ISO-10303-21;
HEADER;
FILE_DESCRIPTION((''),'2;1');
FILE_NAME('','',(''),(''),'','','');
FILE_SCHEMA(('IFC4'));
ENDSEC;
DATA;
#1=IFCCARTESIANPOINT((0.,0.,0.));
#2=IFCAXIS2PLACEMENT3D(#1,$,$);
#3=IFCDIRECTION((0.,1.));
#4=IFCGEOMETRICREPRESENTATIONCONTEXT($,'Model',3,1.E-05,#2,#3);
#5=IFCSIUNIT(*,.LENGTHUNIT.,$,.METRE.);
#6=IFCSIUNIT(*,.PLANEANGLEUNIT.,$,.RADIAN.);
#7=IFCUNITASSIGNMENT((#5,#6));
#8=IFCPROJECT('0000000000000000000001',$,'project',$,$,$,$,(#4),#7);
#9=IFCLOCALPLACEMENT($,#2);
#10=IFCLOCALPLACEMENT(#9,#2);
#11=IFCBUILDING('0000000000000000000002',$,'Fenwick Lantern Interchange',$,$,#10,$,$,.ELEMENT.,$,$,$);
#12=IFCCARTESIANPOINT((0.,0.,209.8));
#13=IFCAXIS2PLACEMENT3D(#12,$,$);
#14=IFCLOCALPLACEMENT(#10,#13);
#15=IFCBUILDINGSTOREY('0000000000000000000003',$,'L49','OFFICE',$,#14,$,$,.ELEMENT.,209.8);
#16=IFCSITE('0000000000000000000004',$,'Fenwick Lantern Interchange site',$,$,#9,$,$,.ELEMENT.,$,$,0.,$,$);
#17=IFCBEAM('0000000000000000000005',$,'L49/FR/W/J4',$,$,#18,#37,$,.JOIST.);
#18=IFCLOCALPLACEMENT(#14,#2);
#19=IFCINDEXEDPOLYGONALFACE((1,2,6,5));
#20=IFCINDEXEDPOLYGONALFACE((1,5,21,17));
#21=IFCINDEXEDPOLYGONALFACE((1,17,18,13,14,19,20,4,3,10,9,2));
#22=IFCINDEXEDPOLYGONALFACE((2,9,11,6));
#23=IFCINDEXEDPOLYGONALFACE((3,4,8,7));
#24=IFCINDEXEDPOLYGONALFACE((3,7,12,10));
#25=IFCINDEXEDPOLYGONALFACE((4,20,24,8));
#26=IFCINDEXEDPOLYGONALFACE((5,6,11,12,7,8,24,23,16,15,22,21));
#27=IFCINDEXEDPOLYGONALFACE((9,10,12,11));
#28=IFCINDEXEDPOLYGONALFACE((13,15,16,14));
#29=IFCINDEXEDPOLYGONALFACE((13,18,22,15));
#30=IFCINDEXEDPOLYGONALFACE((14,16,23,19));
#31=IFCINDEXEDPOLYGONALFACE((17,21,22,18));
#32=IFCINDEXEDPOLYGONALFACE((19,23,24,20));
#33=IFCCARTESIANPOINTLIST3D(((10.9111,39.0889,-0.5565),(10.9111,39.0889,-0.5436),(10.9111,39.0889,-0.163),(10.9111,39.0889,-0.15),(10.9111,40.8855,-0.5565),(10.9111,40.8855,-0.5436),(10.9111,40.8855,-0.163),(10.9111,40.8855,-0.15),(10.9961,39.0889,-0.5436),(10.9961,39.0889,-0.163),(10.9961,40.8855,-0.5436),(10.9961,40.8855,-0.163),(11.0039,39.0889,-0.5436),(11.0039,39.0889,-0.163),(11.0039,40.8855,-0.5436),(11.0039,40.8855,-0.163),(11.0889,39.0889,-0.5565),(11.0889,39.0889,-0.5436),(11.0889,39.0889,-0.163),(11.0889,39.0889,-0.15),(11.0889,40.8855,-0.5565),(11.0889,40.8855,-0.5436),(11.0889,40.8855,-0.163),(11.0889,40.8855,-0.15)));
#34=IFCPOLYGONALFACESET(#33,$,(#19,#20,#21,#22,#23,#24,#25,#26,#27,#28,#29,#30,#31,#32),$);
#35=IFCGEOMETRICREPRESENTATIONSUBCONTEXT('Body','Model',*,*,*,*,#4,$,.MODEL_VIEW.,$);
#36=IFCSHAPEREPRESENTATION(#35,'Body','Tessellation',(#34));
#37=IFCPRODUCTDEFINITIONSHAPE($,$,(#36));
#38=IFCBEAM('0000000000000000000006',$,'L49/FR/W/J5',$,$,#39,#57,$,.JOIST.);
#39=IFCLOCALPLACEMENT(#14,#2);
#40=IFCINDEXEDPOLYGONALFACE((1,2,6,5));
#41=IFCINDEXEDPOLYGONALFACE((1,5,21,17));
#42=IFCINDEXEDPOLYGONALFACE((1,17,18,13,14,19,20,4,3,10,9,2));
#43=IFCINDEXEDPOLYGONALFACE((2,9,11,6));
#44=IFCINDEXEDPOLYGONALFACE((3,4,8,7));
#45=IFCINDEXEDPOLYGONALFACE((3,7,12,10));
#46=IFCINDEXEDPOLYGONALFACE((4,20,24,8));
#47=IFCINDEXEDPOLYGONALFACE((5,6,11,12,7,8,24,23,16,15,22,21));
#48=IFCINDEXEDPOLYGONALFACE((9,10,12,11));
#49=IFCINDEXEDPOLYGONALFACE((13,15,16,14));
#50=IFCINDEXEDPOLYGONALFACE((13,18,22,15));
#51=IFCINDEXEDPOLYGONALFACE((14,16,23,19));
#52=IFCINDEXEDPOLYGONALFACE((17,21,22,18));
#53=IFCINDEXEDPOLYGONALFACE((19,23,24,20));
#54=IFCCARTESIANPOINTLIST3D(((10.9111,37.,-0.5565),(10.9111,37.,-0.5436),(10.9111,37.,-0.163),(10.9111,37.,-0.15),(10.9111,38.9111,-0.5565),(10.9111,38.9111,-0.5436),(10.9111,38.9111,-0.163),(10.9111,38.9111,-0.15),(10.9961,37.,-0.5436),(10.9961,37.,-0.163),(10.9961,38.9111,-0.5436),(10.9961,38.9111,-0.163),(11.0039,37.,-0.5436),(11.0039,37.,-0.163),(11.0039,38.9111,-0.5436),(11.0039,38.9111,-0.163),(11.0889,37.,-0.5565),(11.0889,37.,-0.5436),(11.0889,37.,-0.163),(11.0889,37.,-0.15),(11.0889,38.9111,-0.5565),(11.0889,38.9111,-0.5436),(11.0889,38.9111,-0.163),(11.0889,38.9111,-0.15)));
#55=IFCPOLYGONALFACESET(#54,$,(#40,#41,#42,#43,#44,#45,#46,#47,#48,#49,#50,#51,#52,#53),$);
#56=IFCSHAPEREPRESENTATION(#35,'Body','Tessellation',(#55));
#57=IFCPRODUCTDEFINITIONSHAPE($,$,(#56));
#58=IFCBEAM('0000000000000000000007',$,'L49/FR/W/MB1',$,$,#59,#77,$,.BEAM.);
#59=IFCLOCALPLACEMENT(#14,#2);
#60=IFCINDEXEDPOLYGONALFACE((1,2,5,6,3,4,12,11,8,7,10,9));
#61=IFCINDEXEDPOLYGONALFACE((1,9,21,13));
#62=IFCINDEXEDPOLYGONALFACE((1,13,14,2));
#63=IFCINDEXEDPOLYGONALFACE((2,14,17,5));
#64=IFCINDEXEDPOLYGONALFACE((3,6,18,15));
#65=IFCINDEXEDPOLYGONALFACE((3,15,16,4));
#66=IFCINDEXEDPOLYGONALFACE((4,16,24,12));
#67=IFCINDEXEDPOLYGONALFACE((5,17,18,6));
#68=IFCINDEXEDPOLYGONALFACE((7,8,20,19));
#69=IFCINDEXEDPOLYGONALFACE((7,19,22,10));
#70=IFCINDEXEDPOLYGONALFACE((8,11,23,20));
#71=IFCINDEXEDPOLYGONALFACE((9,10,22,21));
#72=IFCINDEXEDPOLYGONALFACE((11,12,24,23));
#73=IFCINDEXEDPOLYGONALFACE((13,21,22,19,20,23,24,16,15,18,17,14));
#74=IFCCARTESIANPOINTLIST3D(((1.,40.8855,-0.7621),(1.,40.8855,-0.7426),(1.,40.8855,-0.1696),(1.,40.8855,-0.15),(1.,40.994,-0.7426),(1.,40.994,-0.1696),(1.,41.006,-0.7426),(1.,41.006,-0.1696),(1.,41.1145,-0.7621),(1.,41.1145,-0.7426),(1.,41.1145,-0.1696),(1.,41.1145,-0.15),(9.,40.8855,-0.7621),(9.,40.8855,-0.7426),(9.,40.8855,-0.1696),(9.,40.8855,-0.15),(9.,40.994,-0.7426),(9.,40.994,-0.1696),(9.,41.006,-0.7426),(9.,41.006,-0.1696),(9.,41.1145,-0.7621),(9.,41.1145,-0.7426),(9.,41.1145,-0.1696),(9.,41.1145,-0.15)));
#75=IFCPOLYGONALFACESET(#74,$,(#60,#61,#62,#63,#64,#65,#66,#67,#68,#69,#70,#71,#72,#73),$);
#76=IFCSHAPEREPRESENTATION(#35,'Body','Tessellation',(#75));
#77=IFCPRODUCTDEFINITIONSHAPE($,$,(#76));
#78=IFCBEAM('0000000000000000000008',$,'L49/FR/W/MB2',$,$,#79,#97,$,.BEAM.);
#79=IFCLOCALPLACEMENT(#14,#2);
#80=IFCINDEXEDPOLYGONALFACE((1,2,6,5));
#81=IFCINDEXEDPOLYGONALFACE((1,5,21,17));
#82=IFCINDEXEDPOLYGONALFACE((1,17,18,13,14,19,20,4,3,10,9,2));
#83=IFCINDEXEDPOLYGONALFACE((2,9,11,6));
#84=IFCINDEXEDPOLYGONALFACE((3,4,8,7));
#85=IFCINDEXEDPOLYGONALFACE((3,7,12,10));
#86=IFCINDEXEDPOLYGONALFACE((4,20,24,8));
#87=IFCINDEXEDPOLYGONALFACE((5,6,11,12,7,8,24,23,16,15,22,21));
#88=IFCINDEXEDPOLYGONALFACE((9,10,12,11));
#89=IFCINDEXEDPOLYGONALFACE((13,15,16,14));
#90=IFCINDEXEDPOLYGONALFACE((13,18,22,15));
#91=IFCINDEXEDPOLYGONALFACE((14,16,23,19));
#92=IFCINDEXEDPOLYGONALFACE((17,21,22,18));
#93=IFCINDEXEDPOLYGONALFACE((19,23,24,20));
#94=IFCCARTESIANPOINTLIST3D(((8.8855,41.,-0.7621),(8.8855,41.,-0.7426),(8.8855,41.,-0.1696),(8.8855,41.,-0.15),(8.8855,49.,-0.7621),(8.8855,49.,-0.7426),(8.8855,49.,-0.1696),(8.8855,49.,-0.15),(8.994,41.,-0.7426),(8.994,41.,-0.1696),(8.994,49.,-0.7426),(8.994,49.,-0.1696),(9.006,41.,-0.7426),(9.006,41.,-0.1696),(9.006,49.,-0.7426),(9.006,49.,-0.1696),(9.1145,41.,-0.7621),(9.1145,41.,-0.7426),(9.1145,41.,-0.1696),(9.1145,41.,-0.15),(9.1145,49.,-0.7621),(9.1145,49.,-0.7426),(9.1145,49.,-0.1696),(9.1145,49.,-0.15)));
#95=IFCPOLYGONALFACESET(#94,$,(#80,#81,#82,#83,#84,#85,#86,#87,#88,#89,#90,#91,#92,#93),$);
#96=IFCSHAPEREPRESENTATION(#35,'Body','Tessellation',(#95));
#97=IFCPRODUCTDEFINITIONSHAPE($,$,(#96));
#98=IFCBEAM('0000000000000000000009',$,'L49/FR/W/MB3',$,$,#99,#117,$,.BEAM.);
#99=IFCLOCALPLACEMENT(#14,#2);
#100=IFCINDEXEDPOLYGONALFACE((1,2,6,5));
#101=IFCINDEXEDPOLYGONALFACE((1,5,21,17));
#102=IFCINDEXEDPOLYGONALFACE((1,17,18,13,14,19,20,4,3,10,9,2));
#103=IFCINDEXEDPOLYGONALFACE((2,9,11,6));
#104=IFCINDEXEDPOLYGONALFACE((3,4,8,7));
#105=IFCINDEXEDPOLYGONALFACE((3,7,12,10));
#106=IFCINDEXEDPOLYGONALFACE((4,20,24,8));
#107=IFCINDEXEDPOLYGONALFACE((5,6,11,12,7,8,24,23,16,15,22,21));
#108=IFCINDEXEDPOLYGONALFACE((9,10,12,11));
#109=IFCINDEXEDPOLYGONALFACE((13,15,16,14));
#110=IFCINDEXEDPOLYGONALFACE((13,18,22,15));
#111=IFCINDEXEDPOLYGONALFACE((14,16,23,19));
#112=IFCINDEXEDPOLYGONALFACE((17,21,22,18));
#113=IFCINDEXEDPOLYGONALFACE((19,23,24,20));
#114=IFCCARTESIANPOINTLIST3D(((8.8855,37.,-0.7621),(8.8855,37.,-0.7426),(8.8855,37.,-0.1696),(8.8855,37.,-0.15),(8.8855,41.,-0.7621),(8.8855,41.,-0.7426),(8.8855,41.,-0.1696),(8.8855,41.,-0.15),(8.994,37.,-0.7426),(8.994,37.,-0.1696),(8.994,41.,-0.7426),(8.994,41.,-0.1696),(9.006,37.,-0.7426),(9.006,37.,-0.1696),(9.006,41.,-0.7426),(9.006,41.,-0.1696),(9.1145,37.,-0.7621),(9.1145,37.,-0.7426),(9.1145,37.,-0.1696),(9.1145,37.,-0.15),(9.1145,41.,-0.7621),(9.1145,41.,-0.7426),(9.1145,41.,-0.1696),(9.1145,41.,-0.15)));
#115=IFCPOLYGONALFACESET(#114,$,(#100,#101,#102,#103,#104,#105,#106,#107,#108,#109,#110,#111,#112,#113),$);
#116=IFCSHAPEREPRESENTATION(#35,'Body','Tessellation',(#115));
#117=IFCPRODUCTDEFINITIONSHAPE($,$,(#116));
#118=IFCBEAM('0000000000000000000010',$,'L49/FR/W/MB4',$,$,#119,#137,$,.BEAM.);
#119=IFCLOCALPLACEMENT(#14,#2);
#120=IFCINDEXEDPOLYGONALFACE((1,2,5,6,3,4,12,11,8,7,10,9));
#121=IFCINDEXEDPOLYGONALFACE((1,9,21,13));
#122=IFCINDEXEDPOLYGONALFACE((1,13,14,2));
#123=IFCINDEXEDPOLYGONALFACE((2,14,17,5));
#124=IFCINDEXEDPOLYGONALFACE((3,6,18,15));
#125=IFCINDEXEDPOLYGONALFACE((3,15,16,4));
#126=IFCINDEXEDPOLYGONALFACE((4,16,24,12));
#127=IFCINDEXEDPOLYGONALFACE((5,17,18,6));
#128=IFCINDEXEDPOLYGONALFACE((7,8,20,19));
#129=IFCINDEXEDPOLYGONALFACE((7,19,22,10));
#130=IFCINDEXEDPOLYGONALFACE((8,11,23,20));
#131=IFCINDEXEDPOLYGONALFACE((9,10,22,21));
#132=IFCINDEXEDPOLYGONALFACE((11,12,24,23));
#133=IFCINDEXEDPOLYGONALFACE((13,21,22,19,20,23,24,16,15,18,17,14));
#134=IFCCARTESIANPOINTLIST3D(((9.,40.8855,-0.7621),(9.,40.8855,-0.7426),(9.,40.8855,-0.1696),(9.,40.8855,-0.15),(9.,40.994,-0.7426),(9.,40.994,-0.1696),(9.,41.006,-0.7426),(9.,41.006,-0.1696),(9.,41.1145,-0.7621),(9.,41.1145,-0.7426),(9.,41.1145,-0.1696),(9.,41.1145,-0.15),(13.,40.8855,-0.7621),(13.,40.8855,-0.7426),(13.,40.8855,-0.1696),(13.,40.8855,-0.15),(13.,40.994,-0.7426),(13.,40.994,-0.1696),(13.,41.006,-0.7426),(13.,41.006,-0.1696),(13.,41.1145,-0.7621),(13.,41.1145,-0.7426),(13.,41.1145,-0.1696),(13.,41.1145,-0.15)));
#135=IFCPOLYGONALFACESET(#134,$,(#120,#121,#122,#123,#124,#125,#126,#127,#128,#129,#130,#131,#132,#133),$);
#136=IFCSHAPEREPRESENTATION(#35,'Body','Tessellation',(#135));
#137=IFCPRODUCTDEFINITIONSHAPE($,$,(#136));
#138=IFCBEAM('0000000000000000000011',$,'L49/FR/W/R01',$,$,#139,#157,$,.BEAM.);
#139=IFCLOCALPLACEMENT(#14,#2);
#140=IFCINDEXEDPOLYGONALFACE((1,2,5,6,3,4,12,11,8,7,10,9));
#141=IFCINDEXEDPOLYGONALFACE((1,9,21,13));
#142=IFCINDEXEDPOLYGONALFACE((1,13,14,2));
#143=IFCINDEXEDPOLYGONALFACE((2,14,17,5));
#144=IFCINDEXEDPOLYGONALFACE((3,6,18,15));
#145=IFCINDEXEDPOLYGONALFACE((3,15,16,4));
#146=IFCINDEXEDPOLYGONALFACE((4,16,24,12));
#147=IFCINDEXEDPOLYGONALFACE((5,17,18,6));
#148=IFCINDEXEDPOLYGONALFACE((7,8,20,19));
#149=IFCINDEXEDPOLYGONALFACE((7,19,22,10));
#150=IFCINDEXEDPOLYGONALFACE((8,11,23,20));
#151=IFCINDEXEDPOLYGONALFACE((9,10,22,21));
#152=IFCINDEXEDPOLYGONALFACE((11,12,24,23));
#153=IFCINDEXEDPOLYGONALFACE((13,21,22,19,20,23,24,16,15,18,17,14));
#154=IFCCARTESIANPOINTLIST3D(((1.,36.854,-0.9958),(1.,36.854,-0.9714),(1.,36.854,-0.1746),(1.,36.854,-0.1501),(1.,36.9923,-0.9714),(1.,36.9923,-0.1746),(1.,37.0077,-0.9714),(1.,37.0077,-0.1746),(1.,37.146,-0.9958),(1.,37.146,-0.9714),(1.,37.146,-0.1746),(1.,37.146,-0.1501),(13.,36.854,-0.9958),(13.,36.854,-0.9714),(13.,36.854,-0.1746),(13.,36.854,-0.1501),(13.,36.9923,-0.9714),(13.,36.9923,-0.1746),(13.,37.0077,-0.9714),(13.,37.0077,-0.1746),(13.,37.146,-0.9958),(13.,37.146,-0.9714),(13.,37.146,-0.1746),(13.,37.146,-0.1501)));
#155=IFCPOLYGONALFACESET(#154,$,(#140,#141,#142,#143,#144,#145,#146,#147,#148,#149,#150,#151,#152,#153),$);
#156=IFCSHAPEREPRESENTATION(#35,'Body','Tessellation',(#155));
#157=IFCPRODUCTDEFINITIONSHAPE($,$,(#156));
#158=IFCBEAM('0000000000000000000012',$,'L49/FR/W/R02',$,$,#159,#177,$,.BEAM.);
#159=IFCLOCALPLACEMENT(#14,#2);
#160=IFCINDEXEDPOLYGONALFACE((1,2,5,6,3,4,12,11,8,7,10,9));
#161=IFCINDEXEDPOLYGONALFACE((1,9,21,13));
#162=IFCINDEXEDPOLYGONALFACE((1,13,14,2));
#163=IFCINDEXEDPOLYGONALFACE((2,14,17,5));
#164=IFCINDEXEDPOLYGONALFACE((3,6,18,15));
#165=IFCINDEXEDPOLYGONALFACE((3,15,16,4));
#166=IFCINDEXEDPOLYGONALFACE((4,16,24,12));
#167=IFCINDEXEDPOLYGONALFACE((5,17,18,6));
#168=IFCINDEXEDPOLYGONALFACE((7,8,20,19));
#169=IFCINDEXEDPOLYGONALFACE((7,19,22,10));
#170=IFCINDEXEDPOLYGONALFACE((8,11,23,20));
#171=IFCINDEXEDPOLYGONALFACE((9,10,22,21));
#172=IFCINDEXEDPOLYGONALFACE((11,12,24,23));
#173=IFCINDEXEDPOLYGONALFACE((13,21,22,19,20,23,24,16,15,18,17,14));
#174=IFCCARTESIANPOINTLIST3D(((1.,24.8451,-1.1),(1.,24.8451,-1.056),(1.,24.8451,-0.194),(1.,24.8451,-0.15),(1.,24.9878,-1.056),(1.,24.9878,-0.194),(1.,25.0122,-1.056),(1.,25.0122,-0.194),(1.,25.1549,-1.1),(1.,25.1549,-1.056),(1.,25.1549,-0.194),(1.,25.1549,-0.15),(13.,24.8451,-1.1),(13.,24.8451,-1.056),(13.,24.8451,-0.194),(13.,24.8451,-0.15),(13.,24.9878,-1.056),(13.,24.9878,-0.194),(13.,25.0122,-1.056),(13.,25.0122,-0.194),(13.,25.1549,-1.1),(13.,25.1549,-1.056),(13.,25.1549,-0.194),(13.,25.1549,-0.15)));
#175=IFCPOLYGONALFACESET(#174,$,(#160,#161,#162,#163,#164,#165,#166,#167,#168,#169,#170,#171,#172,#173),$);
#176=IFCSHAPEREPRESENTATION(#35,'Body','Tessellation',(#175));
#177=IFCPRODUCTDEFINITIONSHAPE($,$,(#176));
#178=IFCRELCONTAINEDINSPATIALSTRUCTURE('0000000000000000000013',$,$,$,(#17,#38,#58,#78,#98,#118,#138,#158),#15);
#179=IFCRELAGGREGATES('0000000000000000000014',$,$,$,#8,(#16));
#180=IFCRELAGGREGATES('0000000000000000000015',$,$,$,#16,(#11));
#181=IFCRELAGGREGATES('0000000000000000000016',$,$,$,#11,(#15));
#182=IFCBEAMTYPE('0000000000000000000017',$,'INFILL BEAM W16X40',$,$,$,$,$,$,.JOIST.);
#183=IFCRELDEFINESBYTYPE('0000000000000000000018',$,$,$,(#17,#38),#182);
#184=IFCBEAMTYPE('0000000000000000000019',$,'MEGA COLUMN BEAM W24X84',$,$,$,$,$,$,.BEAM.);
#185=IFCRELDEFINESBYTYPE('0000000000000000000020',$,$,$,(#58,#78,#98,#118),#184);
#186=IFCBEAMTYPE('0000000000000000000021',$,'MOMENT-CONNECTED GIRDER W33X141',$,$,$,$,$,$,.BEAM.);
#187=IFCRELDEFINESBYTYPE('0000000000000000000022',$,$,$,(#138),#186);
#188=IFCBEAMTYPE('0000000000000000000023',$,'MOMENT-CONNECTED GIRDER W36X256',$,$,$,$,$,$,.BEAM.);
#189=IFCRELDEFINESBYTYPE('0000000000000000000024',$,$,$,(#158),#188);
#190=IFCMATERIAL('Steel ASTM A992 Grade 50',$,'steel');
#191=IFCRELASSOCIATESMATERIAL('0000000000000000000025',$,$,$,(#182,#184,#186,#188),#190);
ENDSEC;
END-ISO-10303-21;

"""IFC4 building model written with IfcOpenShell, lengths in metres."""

from ifc_helpers import new_model, si_unit, direction, frame, origin, origin_2d, place, context, subcontext, project, spatial, i_section, extrude, material, material_profile, profile_set, type_object, element, save


model = new_model("IFC4")

# Units and contexts
model_context = context("Model", 3, precision=1e-05, world=origin(), true_north=direction((0.0, 1.0)))
body_context = subcontext(model_context, "Body", "Model", "MODEL_VIEW")
ifc_project = project(units=[si_unit("LENGTHUNIT", "METRE"), si_unit("PLANEANGLEUNIT", "RADIAN")], contexts=[model_context])

# Site, building, storey
site_placement = place(None, origin())
site = spatial("IfcSite", under=ifc_project, at=site_placement, Name="Fenwick Lantern Interchange site", CompositionType="ELEMENT", RefElevation=0.0)
building_placement = place(site_placement, origin())
building = spatial("IfcBuilding", under=site, at=building_placement, Name="Fenwick Lantern Interchange", CompositionType="ELEMENT")
storey_placement = place(building_placement, frame((0.0, 0.0, 209.8)))
storey = spatial("IfcBuildingStorey", under=building, at=storey_placement, Name="L49", Description="OFFICE", CompositionType="ELEMENT", Elevation=209.8)

# Beams
ifc_material_1 = material(Name="Steel ASTM A992 Grade 50", Category="steel")
ifc_material_profile_1 = material_profile(ifc_material_1, i_section(OverallWidth=0.1777, OverallDepth=0.4065, WebThickness=0.0078, FlangeThickness=0.0129, at=origin_2d()), Name="W16X40")
ifc_profile_set_1 = profile_set([ifc_material_profile_1], Name="Steel ASTM A992 Grade 50")
beam_type_1 = type_object("IfcBeamType", Name="INFILL BEAM W16X40", PredefinedType="JOIST", material=ifc_profile_set_1)
beam_1_placement = place(storey_placement, frame((11.0, 40.8855, -0.3533), z_axis=(0.0, -1.0, 0.0), x_axis=(1.0, 0.0, 0.0)))
element("IfcBeam", 1, at=beam_1_placement, inside=storey, type_object=beam_type_1, Name="L49/FR/W/J4", PredefinedType="JOIST", context=body_context, shape_type="SweptSolid", body=[
    extrude(i_section(OverallWidth=0.1777, OverallDepth=0.4065, WebThickness=0.0078, FlangeThickness=0.0129, at=origin_2d()), origin(), (0.0, 0.0, 1.0), 1.7966),
])
beam_2_placement = place(storey_placement, frame((11.0, 38.9111, -0.3533), z_axis=(0.0, -1.0, 0.0), x_axis=(1.0, 0.0, 0.0)))
element("IfcBeam", 2, at=beam_2_placement, inside=storey, type_object=beam_type_1, Name="L49/FR/W/J5", PredefinedType="JOIST", context=body_context, shape_type="SweptSolid", body=[
    extrude(i_section(OverallWidth=0.1777, OverallDepth=0.4065, WebThickness=0.0078, FlangeThickness=0.0129, at=origin_2d()), origin(), (0.0, 0.0, 1.0), 1.9111),
])
ifc_material_profile_2 = material_profile(ifc_material_1, i_section(OverallWidth=0.229, OverallDepth=0.6121, WebThickness=0.012, FlangeThickness=0.0195, at=origin_2d()), Name="W24X84")
ifc_profile_set_2 = profile_set([ifc_material_profile_2], Name="Steel ASTM A992 Grade 50")
beam_type_2 = type_object("IfcBeamType", Name="MEGA COLUMN BEAM W24X84", PredefinedType="BEAM", material=ifc_profile_set_2)
for number, where, z_axis, x_axis, name in (
    (3, (9.0, 41.0, -0.4561), (-1.0, 0.0, 0.0), (0.0, -1.0, 0.0), "L49/FR/W/MB1"),
    (4, (9.0, 41.0, -0.4561), (0.0, 1.0, 0.0), (-1.0, 0.0, 0.0), "L49/FR/W/MB2"),
):
    element("IfcBeam", number, at=place(storey_placement, frame(where, z_axis=z_axis, x_axis=x_axis)), inside=storey, type_object=beam_type_2, Name=name, PredefinedType="BEAM", context=body_context, shape_type="SweptSolid", body=[
        extrude(i_section(OverallWidth=0.229, OverallDepth=0.6121, WebThickness=0.012, FlangeThickness=0.0195, at=origin_2d()), origin(), (0.0, 0.0, 1.0), 8.0),
    ])
for number, where, z_axis, x_axis, name in (
    (5, (9.0, 41.0, -0.4561), (0.0, -1.0, 0.0), (1.0, 0.0, 0.0), "L49/FR/W/MB3"),
    (6, (9.0, 41.0, -0.4561), (1.0, 0.0, 0.0), (0.0, 1.0, 0.0), "L49/FR/W/MB4"),
):
    element("IfcBeam", number, at=place(storey_placement, frame(where, z_axis=z_axis, x_axis=x_axis)), inside=storey, type_object=beam_type_2, Name=name, PredefinedType="BEAM", context=body_context, shape_type="SweptSolid", body=[
        extrude(i_section(OverallWidth=0.229, OverallDepth=0.6121, WebThickness=0.012, FlangeThickness=0.0195, at=origin_2d()), origin(), (0.0, 0.0, 1.0), 4.0),
    ])
ifc_material_profile_3 = material_profile(ifc_material_1, i_section(OverallWidth=0.292, OverallDepth=0.8457, WebThickness=0.0154, FlangeThickness=0.0244, at=origin_2d()), Name="W33X141")
ifc_profile_set_3 = profile_set([ifc_material_profile_3], Name="Steel ASTM A992 Grade 50")
beam_type_3 = type_object("IfcBeamType", Name="MOMENT-CONNECTED GIRDER W33X141", PredefinedType="BEAM", material=ifc_profile_set_3)
beam_3_placement = place(storey_placement, frame((1.0, 37.0, -0.573), z_axis=(1.0, 0.0, 0.0), x_axis=(0.0, 1.0, 0.0)))
element("IfcBeam", 7, at=beam_3_placement, inside=storey, type_object=beam_type_3, Name="L49/FR/W/R01", PredefinedType="BEAM", context=body_context, shape_type="SweptSolid", body=[
    extrude(i_section(OverallWidth=0.292, OverallDepth=0.8457, WebThickness=0.0154, FlangeThickness=0.0244, at=origin_2d()), origin(), (0.0, 0.0, 1.0), 12.0),
])
ifc_material_profile_4 = material_profile(ifc_material_1, i_section(OverallWidth=0.3098, OverallDepth=0.95, WebThickness=0.0244, FlangeThickness=0.0439, at=origin_2d()), Name="W36X256")
ifc_profile_set_4 = profile_set([ifc_material_profile_4], Name="Steel ASTM A992 Grade 50")
beam_type_4 = type_object("IfcBeamType", Name="MOMENT-CONNECTED GIRDER W36X256", PredefinedType="BEAM", material=ifc_profile_set_4)
beam_4_placement = place(storey_placement, frame((1.0, 25.0, -0.625), z_axis=(1.0, 0.0, 0.0), x_axis=(0.0, 1.0, 0.0)))
element("IfcBeam", 8, at=beam_4_placement, inside=storey, type_object=beam_type_4, Name="L49/FR/W/R02", PredefinedType="BEAM", context=body_context, shape_type="SweptSolid", body=[
    extrude(i_section(OverallWidth=0.3098, OverallDepth=0.95, WebThickness=0.0244, FlangeThickness=0.0439, at=origin_2d()), origin(), (0.0, 0.0, 1.0), 12.0),
])

save(model, "model.ifc")
